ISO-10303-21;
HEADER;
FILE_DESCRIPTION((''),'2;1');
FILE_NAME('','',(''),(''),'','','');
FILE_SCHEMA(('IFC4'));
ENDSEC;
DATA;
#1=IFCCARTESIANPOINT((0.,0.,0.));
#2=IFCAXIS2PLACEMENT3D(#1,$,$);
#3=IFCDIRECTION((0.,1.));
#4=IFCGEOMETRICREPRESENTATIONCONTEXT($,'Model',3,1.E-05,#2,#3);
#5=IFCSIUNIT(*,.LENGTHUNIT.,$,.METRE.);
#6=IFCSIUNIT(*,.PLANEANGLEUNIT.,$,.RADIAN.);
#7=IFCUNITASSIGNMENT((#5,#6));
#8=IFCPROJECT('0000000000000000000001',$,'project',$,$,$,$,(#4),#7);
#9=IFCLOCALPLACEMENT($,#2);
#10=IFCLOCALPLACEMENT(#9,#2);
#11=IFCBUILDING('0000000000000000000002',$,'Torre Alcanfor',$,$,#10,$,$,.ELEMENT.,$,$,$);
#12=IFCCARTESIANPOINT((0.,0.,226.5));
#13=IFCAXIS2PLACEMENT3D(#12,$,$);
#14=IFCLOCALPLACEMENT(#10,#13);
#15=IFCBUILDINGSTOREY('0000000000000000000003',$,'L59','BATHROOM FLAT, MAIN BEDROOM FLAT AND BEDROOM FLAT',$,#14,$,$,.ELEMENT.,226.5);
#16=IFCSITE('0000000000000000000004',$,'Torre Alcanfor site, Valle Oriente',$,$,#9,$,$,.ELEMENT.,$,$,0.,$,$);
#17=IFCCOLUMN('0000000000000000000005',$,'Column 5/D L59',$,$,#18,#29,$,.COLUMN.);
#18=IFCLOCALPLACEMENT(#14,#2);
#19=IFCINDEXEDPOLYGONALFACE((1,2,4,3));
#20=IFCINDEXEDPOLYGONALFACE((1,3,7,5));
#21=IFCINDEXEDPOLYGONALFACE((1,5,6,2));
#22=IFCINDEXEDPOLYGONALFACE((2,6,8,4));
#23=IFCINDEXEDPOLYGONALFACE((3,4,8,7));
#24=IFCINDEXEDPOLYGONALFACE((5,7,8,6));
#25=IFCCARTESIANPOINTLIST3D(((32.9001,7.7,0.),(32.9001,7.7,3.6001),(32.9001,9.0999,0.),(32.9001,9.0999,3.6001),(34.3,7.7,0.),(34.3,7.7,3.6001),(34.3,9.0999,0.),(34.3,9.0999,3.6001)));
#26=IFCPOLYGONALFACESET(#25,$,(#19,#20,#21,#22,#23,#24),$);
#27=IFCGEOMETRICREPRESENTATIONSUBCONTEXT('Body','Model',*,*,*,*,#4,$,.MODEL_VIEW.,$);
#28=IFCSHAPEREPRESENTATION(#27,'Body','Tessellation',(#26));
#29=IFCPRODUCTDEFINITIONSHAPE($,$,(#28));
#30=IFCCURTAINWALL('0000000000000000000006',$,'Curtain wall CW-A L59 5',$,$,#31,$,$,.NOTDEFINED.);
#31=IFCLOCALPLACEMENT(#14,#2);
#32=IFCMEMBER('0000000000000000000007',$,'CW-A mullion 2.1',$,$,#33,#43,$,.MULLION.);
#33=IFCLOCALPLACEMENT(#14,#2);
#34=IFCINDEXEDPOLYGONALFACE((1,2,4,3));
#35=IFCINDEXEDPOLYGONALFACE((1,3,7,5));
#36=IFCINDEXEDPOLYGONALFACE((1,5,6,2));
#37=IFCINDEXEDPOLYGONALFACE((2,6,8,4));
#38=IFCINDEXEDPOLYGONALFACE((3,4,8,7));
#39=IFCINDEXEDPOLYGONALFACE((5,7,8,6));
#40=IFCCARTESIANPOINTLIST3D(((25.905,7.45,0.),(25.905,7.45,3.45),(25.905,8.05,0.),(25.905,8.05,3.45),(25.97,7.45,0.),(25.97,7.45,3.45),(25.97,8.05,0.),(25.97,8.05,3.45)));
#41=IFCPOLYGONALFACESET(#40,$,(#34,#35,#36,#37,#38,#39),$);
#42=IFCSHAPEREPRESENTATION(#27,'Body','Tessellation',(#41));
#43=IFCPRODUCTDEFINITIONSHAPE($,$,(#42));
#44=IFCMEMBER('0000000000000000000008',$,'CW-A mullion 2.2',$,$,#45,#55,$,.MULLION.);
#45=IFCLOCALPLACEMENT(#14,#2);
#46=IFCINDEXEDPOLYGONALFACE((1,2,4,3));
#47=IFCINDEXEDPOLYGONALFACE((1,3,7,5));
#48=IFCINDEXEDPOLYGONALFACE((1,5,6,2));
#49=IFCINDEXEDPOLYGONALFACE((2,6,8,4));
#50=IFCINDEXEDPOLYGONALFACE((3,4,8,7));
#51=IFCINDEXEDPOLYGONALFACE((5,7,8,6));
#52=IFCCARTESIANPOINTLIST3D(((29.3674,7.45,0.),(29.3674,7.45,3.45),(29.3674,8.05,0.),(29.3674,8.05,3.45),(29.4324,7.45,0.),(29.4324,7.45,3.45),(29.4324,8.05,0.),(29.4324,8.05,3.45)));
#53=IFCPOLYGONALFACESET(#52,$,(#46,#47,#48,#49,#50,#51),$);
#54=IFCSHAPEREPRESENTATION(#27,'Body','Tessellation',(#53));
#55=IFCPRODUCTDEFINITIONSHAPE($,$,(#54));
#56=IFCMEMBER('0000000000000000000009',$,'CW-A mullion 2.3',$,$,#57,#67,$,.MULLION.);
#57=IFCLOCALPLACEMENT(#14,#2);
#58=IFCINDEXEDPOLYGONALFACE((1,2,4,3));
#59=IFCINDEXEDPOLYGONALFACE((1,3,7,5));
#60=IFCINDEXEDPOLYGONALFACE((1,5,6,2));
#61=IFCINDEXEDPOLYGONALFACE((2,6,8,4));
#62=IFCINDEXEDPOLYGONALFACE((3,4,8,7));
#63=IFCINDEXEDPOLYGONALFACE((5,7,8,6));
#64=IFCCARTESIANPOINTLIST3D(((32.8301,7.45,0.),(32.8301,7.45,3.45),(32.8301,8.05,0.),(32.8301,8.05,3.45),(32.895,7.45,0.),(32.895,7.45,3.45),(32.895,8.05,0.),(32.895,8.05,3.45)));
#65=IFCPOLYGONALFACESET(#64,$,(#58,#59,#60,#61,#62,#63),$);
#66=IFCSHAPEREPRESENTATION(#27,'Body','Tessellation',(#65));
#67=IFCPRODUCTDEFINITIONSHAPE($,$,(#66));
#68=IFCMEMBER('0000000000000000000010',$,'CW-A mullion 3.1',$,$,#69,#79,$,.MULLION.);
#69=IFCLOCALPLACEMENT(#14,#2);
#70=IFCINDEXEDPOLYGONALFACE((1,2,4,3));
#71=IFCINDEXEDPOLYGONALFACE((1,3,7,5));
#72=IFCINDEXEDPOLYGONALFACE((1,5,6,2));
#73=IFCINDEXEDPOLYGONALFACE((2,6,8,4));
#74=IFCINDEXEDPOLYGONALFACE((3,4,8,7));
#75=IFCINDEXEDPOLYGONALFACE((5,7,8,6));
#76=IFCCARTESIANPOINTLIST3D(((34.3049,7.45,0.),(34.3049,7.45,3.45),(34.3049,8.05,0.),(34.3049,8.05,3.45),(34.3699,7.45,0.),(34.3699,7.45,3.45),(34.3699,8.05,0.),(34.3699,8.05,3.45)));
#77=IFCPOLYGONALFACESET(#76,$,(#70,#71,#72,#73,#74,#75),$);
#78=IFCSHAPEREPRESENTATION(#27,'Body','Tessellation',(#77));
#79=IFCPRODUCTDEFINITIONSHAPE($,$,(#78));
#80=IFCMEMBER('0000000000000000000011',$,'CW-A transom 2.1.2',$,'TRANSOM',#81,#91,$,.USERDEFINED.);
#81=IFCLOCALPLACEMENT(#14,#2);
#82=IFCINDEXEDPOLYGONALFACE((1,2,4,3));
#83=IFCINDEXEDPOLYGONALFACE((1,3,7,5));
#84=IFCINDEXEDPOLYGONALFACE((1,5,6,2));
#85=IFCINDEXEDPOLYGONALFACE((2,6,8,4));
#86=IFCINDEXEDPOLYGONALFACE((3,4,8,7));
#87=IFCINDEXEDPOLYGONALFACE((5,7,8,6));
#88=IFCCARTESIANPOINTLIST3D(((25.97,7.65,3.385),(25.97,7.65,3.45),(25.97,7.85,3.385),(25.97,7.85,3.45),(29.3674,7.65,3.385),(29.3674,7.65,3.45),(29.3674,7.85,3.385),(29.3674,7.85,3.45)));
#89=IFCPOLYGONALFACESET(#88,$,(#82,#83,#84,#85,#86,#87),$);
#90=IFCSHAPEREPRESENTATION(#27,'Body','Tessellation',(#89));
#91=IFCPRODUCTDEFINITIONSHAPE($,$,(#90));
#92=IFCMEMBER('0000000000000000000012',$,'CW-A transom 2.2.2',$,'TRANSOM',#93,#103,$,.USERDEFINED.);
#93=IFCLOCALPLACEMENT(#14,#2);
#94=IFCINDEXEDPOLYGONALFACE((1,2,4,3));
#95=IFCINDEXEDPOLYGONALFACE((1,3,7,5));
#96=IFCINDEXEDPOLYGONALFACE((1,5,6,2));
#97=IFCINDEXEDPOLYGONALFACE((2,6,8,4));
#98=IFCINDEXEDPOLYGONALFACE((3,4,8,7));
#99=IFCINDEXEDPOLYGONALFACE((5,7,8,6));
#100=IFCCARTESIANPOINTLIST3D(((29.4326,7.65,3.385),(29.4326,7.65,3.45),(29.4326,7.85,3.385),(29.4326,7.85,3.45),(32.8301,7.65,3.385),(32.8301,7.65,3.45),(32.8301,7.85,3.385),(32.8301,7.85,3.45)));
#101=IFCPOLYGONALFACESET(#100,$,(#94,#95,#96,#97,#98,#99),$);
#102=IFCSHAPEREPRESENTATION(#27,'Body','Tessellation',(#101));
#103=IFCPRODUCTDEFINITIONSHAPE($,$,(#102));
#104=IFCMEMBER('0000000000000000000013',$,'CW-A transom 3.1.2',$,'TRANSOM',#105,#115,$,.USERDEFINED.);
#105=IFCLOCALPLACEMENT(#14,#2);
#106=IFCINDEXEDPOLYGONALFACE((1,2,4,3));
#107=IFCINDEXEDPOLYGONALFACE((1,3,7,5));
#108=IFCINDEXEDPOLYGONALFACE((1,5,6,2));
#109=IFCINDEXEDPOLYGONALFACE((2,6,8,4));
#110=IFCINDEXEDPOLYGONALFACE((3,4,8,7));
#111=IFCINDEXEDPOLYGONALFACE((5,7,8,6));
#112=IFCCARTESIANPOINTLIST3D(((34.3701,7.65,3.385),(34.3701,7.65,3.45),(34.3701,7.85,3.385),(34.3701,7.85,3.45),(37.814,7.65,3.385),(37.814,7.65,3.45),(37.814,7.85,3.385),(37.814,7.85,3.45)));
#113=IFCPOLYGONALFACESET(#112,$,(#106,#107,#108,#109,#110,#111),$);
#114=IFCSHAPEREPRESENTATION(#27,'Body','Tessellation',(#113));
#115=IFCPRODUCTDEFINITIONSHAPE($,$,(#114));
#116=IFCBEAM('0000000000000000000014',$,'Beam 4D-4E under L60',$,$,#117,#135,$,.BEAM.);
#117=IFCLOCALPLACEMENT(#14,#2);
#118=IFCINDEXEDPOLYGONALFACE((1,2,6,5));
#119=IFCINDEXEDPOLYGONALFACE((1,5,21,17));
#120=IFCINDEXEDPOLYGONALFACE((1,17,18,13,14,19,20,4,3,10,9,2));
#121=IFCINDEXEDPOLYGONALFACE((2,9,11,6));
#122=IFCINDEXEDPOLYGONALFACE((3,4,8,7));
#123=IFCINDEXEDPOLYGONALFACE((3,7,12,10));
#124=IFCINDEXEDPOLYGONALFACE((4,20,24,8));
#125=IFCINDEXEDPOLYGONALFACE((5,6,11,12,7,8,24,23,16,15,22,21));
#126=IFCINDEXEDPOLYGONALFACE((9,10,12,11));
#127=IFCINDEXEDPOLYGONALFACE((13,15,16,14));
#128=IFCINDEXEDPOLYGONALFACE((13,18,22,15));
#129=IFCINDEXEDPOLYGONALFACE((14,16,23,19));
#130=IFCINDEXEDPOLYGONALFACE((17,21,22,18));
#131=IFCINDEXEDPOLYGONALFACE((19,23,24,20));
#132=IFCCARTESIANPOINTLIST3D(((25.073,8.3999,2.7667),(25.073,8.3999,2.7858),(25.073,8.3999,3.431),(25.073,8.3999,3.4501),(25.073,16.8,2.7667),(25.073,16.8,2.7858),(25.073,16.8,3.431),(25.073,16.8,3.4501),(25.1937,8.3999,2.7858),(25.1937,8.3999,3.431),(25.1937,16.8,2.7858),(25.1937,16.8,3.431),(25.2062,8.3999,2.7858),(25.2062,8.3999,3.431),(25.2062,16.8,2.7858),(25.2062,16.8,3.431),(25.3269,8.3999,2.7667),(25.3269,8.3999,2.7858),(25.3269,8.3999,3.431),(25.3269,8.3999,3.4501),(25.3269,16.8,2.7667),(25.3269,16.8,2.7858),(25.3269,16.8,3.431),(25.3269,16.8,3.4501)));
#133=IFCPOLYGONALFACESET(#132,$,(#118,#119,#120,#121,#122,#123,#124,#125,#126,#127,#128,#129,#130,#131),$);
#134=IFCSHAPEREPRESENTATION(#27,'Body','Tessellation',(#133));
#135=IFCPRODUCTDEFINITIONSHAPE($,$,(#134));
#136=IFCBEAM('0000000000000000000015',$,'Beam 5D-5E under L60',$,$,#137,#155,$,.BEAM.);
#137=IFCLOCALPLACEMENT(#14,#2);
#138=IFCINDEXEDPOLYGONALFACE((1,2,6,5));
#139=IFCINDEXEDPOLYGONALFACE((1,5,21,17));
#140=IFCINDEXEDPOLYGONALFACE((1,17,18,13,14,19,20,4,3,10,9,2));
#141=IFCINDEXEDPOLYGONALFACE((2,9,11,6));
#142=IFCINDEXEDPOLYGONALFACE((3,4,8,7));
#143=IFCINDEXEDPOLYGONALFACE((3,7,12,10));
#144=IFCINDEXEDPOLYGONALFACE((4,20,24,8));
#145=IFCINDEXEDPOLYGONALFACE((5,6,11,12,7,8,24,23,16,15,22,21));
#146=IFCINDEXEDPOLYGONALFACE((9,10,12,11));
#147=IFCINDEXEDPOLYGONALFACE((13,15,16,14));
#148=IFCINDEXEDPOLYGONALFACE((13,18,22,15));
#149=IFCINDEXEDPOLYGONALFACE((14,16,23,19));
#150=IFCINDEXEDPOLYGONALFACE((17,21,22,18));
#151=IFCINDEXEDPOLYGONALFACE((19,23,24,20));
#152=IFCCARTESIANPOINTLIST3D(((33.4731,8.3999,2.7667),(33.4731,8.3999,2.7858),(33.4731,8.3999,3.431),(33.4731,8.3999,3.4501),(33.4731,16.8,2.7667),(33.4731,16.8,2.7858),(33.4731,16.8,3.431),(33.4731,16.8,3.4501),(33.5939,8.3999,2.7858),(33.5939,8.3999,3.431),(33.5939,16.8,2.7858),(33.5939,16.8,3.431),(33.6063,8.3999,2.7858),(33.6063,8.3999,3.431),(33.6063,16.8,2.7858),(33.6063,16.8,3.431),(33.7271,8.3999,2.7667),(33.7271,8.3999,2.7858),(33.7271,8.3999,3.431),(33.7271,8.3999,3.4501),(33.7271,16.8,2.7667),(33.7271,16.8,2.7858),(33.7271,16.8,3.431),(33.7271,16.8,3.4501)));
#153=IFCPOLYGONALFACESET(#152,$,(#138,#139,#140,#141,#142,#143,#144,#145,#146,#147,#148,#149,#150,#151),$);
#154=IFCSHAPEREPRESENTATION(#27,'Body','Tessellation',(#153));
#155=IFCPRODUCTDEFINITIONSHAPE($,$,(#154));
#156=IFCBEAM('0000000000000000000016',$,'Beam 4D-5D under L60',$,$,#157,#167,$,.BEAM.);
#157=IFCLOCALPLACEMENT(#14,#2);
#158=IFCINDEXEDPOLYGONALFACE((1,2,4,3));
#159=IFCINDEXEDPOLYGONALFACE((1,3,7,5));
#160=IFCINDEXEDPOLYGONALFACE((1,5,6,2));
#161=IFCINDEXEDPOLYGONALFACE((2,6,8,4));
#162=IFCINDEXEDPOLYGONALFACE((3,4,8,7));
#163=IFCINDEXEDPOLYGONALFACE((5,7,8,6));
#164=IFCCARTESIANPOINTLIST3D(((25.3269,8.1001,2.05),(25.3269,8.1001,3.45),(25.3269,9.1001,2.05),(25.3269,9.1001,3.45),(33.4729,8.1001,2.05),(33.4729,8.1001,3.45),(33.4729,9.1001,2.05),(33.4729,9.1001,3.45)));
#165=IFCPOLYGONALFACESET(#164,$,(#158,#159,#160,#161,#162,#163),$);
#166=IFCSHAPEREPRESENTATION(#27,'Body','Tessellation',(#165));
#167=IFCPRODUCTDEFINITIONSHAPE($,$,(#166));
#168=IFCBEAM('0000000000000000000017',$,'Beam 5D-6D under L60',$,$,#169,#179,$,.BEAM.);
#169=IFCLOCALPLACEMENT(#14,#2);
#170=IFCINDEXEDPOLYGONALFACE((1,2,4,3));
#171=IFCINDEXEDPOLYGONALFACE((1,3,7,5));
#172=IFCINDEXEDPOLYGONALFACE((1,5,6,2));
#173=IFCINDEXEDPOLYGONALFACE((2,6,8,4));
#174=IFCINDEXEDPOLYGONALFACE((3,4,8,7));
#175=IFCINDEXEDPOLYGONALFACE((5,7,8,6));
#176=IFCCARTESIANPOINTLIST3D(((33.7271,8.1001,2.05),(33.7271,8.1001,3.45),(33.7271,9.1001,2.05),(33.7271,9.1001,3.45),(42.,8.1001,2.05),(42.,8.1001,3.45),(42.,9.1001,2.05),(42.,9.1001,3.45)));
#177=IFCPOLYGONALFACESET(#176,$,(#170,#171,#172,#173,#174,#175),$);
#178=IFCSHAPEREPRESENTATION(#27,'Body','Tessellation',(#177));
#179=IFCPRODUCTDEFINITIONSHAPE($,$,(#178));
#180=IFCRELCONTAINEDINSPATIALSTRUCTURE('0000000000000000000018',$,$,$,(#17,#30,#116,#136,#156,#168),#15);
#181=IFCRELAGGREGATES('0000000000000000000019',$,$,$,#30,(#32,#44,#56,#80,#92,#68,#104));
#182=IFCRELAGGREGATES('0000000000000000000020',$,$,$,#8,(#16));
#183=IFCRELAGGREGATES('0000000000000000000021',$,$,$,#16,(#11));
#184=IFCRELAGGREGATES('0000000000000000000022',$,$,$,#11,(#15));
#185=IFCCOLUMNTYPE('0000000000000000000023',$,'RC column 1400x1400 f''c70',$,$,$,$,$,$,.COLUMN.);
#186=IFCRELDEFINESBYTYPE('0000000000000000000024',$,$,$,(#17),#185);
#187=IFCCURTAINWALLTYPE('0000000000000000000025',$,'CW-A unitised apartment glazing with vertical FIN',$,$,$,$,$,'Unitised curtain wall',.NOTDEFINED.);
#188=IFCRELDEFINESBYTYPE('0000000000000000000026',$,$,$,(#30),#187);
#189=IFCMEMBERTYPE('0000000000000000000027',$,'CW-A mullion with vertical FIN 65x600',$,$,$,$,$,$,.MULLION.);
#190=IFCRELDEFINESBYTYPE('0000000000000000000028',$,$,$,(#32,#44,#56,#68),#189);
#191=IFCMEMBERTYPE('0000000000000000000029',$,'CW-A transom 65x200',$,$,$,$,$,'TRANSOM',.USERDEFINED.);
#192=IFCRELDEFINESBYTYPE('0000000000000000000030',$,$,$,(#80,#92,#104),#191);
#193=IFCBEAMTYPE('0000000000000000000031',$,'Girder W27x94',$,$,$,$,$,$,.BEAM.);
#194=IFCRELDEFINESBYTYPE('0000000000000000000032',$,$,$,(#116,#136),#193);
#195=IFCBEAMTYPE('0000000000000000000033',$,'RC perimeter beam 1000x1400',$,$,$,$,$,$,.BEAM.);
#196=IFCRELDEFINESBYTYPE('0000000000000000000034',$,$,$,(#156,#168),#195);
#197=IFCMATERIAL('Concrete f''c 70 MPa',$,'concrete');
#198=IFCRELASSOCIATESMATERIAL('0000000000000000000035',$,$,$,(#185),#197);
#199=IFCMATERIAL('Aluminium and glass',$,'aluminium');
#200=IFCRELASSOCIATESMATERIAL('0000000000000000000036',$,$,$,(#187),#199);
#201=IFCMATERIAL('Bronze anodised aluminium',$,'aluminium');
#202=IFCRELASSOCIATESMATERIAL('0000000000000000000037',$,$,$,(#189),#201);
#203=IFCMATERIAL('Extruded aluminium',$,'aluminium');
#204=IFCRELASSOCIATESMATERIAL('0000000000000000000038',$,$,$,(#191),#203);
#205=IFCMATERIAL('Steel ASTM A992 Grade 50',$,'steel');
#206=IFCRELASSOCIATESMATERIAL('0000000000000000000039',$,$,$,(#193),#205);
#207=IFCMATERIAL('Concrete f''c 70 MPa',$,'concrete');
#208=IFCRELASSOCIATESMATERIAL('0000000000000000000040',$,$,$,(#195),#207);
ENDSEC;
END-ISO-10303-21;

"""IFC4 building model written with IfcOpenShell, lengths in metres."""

from ifc_helpers import new_model, si_unit, direction, frame, origin, origin_2d, place, context, subcontext, project, spatial, rectangle, i_section, extrude, material, material_profile, profile_set, type_object, element, aggregate, save


model = new_model("IFC4")

# Units and contexts
model_context = context("Model", 3, precision=1e-05, world=origin(), true_north=direction((0.0, 1.0)))
body_context = subcontext(model_context, "Body", "Model", "MODEL_VIEW")
ifc_project = project(units=[si_unit("LENGTHUNIT", "METRE"), si_unit("PLANEANGLEUNIT", "RADIAN")], contexts=[model_context])

# Site, building, storey
site_placement = place(None, origin())
site = spatial("IfcSite", under=ifc_project, at=site_placement, Name="Torre Alcanfor site, Valle Oriente", CompositionType="ELEMENT", RefElevation=0.0)
building_placement = place(site_placement, origin())
building = spatial("IfcBuilding", under=site, at=building_placement, Name="Torre Alcanfor", CompositionType="ELEMENT")
storey_placement = place(building_placement, frame((0.0, 0.0, 226.5)))
storey = spatial("IfcBuildingStorey", under=building, at=storey_placement, Name="L59", Description="BATHROOM FLAT, MAIN BEDROOM FLAT AND BEDROOM FLAT", CompositionType="ELEMENT", Elevation=226.5)

# Column
ifc_material_1 = material(Name="Concrete f'c 70 MPa", Category="concrete")
ifc_material_profile_1 = material_profile(ifc_material_1, rectangle(XDim=1.3999, YDim=1.3999, at=origin_2d()), Name="1400x1400")
ifc_profile_set_1 = profile_set([ifc_material_profile_1], Name="Concrete f'c 70 MPa")
column_type = type_object("IfcColumnType", Name="RC column 1400x1400 f'c70", PredefinedType="COLUMN", material=ifc_profile_set_1)
column_placement = place(storey_placement, frame((33.6001, 8.3999, 0.0), z_axis=(0.0, 0.0, 1.0), x_axis=(1.0, 0.0, 0.0)))
element("IfcColumn", 1, at=column_placement, inside=storey, type_object=column_type, Name="Column 5/D L59", PredefinedType="COLUMN", context=body_context, shape_type="SweptSolid", body=[
    extrude(rectangle(XDim=1.3999, YDim=1.3999, at=origin_2d()), origin(), (0.0, 0.0, 1.0), 3.6001),
])

# Curtain wall, members
ifc_material_2 = material(Name="Aluminium and glass", Category="aluminium")
curtain_wall_type = type_object("IfcCurtainWallType", Name="CW-A unitised apartment glazing with vertical FIN", ElementType="Unitised curtain wall", PredefinedType="NOTDEFINED", material=ifc_material_2)
curtain_wall_placement = place(storey_placement, origin())
curtain_wall = element("IfcCurtainWall", 2, at=curtain_wall_placement, inside=storey, type_object=curtain_wall_type, Name="Curtain wall CW-A L59 5", PredefinedType="NOTDEFINED")
ifc_material_3 = material(Name="Bronze anodised aluminium", Category="aluminium")
ifc_material_profile_2 = material_profile(ifc_material_3, rectangle(XDim=0.6001, YDim=0.0649, at=origin_2d()), Name="CW-A mullion 65x600")
ifc_profile_set_2 = profile_set([ifc_material_profile_2], Name="Bronze anodised aluminium")
member_type_1 = type_object("IfcMemberType", Name="CW-A mullion with vertical FIN 65x600", PredefinedType="MULLION", material=ifc_profile_set_2)
member_1_placement = place(storey_placement, frame((25.9375, 7.75, 0.0), z_axis=(0.0, 0.0, 1.0), x_axis=(0.0, 1.0, 0.0)))
member_1 = element("IfcMember", 3, at=member_1_placement, type_object=member_type_1, Name="CW-A mullion 2.1", PredefinedType="MULLION", context=body_context, shape_type="SweptSolid", body=[
    extrude(rectangle(XDim=0.6001, YDim=0.0649, at=origin_2d()), origin(), (0.0, 0.0, 1.0), 3.45),
])
member_2_placement = place(storey_placement, frame((29.3999, 7.75, 0.0), z_axis=(0.0, 0.0, 1.0), x_axis=(0.0, 1.0, 0.0)))
member_2 = element("IfcMember", 4, at=member_2_placement, type_object=member_type_1, Name="CW-A mullion 2.2", PredefinedType="MULLION", context=body_context, shape_type="SweptSolid", body=[
    extrude(rectangle(XDim=0.6001, YDim=0.0649, at=origin_2d()), origin(), (0.0, 0.0, 1.0), 3.45),
])
member_3_placement = place(storey_placement, frame((32.8625, 7.75, 0.0), z_axis=(0.0, 0.0, 1.0), x_axis=(0.0, 1.0, 0.0)))
member_3 = element("IfcMember", 5, at=member_3_placement, type_object=member_type_1, Name="CW-A mullion 2.3", PredefinedType="MULLION", context=body_context, shape_type="SweptSolid", body=[
    extrude(rectangle(XDim=0.6001, YDim=0.0649, at=origin_2d()), origin(), (0.0, 0.0, 1.0), 3.45),
])
member_4_placement = place(storey_placement, frame((34.3374, 7.75, 0.0), z_axis=(0.0, 0.0, 1.0), x_axis=(0.0, 1.0, 0.0)))
member_4 = element("IfcMember", 6, at=member_4_placement, type_object=member_type_1, Name="CW-A mullion 3.1", PredefinedType="MULLION", context=body_context, shape_type="SweptSolid", body=[
    extrude(rectangle(XDim=0.6001, YDim=0.0649, at=origin_2d()), origin(), (0.0, 0.0, 1.0), 3.45),
])
ifc_material_4 = material(Name="Extruded aluminium", Category="aluminium")
ifc_material_profile_3 = material_profile(ifc_material_4, rectangle(XDim=0.2, YDim=0.0649, at=origin_2d()), Name="CW-A transom 200x65")
ifc_profile_set_3 = profile_set([ifc_material_profile_3], Name="Extruded aluminium")
member_type_2 = type_object("IfcMemberType", Name="CW-A transom 65x200", ElementType="TRANSOM", PredefinedType="USERDEFINED", material=ifc_profile_set_3)
member_5_placement = place(storey_placement, frame((25.97, 7.75, 3.4175), z_axis=(1.0, 0.0, 0.0), x_axis=(0.0, 1.0, 0.0)))
member_5 = element("IfcMember", 7, at=member_5_placement, type_object=member_type_2, Name="CW-A transom 2.1.2", ObjectType="TRANSOM", PredefinedType="USERDEFINED", context=body_context, shape_type="SweptSolid", body=[
    extrude(rectangle(XDim=0.2, YDim=0.0649, at=origin_2d()), origin(), (0.0, 0.0, 1.0), 3.3975),
])
member_6_placement = place(storey_placement, frame((29.4326, 7.75, 3.4175), z_axis=(1.0, 0.0, 0.0), x_axis=(0.0, 1.0, 0.0)))
member_6 = element("IfcMember", 8, at=member_6_placement, type_object=member_type_2, Name="CW-A transom 2.2.2", ObjectType="TRANSOM", PredefinedType="USERDEFINED", context=body_context, shape_type="SweptSolid", body=[
    extrude(rectangle(XDim=0.2, YDim=0.0649, at=origin_2d()), origin(), (0.0, 0.0, 1.0), 3.3975),
])
member_7_placement = place(storey_placement, frame((34.3701, 7.75, 3.4175), z_axis=(1.0, 0.0, 0.0), x_axis=(0.0, 1.0, 0.0)))
member_7 = element("IfcMember", 9, at=member_7_placement, type_object=member_type_2, Name="CW-A transom 3.1.2", ObjectType="TRANSOM", PredefinedType="USERDEFINED", context=body_context, shape_type="SweptSolid", body=[
    extrude(rectangle(XDim=0.2, YDim=0.0649, at=origin_2d()), origin(), (0.0, 0.0, 1.0), 3.4438),
])

# Beams
ifc_material_5 = material(Name="Steel ASTM A992 Grade 50", Category="steel")
ifc_material_profile_4 = material_profile(ifc_material_5, i_section(OverallWidth=0.2539, OverallDepth=0.6833, WebThickness=0.0125, FlangeThickness=0.019, at=origin_2d()), Name="W27x94")
ifc_profile_set_4 = profile_set([ifc_material_profile_4], Name="Steel ASTM A992 Grade 50")
beam_type_1 = type_object("IfcBeamType", Name="Girder W27x94", PredefinedType="BEAM", material=ifc_profile_set_4)
for number, where, z_axis, x_axis, name in (
    (10, (25.2, 8.3999, 3.1084), (0.0, 1.0, 0.0), (-1.0, 0.0, 0.0), "Beam 4D-4E under L60"),
    (11, (33.6001, 8.3999, 3.1084), (0.0, 1.0, 0.0), (-1.0, 0.0, 0.0), "Beam 5D-5E under L60"),
):
    element("IfcBeam", number, at=place(storey_placement, frame(where, z_axis=z_axis, x_axis=x_axis)), inside=storey, type_object=beam_type_1, Name=name, PredefinedType="BEAM", context=body_context, shape_type="SweptSolid", body=[
        extrude(i_section(OverallWidth=0.2539, OverallDepth=0.6833, WebThickness=0.0125, FlangeThickness=0.019, at=origin_2d()), origin(), (0.0, 0.0, 1.0), 8.4001),
    ])
ifc_material_6 = material(Name="Concrete f'c 70 MPa", Category="concrete")
ifc_material_profile_5 = material_profile(ifc_material_6, rectangle(XDim=1.0, YDim=1.3999, at=origin_2d()), Name="1000x1400")
ifc_profile_set_5 = profile_set([ifc_material_profile_5], Name="Concrete f'c 70 MPa")
beam_type_2 = type_object("IfcBeamType", Name="RC perimeter beam 1000x1400", PredefinedType="BEAM", material=ifc_profile_set_5)
beam_1_placement = place(storey_placement, frame((25.3269, 8.6001, 2.75), z_axis=(1.0, 0.0, 0.0), x_axis=(0.0, 1.0, 0.0)))
element("IfcBeam", 12, at=beam_1_placement, inside=storey, type_object=beam_type_2, Name="Beam 4D-5D under L60", PredefinedType="BEAM", context=body_context, shape_type="SweptSolid", body=[
    extrude(rectangle(XDim=1.0, YDim=1.3999, at=origin_2d()), origin(), (0.0, 0.0, 1.0), 8.146),
])
beam_2_placement = place(storey_placement, frame((33.7271, 8.6001, 2.75), z_axis=(1.0, 0.0, 0.0), x_axis=(0.0, 1.0, 0.0)))
element("IfcBeam", 13, at=beam_2_placement, inside=storey, type_object=beam_type_2, Name="Beam 5D-6D under L60", PredefinedType="BEAM", context=body_context, shape_type="SweptSolid", body=[
    extrude(rectangle(XDim=1.0, YDim=1.3999, at=origin_2d()), origin(), (0.0, 0.0, 1.0), 8.2729),
])

aggregate(curtain_wall, [member_1, member_2, member_3, member_5, member_6, member_4, member_7])

save(model, "model.ifc")
